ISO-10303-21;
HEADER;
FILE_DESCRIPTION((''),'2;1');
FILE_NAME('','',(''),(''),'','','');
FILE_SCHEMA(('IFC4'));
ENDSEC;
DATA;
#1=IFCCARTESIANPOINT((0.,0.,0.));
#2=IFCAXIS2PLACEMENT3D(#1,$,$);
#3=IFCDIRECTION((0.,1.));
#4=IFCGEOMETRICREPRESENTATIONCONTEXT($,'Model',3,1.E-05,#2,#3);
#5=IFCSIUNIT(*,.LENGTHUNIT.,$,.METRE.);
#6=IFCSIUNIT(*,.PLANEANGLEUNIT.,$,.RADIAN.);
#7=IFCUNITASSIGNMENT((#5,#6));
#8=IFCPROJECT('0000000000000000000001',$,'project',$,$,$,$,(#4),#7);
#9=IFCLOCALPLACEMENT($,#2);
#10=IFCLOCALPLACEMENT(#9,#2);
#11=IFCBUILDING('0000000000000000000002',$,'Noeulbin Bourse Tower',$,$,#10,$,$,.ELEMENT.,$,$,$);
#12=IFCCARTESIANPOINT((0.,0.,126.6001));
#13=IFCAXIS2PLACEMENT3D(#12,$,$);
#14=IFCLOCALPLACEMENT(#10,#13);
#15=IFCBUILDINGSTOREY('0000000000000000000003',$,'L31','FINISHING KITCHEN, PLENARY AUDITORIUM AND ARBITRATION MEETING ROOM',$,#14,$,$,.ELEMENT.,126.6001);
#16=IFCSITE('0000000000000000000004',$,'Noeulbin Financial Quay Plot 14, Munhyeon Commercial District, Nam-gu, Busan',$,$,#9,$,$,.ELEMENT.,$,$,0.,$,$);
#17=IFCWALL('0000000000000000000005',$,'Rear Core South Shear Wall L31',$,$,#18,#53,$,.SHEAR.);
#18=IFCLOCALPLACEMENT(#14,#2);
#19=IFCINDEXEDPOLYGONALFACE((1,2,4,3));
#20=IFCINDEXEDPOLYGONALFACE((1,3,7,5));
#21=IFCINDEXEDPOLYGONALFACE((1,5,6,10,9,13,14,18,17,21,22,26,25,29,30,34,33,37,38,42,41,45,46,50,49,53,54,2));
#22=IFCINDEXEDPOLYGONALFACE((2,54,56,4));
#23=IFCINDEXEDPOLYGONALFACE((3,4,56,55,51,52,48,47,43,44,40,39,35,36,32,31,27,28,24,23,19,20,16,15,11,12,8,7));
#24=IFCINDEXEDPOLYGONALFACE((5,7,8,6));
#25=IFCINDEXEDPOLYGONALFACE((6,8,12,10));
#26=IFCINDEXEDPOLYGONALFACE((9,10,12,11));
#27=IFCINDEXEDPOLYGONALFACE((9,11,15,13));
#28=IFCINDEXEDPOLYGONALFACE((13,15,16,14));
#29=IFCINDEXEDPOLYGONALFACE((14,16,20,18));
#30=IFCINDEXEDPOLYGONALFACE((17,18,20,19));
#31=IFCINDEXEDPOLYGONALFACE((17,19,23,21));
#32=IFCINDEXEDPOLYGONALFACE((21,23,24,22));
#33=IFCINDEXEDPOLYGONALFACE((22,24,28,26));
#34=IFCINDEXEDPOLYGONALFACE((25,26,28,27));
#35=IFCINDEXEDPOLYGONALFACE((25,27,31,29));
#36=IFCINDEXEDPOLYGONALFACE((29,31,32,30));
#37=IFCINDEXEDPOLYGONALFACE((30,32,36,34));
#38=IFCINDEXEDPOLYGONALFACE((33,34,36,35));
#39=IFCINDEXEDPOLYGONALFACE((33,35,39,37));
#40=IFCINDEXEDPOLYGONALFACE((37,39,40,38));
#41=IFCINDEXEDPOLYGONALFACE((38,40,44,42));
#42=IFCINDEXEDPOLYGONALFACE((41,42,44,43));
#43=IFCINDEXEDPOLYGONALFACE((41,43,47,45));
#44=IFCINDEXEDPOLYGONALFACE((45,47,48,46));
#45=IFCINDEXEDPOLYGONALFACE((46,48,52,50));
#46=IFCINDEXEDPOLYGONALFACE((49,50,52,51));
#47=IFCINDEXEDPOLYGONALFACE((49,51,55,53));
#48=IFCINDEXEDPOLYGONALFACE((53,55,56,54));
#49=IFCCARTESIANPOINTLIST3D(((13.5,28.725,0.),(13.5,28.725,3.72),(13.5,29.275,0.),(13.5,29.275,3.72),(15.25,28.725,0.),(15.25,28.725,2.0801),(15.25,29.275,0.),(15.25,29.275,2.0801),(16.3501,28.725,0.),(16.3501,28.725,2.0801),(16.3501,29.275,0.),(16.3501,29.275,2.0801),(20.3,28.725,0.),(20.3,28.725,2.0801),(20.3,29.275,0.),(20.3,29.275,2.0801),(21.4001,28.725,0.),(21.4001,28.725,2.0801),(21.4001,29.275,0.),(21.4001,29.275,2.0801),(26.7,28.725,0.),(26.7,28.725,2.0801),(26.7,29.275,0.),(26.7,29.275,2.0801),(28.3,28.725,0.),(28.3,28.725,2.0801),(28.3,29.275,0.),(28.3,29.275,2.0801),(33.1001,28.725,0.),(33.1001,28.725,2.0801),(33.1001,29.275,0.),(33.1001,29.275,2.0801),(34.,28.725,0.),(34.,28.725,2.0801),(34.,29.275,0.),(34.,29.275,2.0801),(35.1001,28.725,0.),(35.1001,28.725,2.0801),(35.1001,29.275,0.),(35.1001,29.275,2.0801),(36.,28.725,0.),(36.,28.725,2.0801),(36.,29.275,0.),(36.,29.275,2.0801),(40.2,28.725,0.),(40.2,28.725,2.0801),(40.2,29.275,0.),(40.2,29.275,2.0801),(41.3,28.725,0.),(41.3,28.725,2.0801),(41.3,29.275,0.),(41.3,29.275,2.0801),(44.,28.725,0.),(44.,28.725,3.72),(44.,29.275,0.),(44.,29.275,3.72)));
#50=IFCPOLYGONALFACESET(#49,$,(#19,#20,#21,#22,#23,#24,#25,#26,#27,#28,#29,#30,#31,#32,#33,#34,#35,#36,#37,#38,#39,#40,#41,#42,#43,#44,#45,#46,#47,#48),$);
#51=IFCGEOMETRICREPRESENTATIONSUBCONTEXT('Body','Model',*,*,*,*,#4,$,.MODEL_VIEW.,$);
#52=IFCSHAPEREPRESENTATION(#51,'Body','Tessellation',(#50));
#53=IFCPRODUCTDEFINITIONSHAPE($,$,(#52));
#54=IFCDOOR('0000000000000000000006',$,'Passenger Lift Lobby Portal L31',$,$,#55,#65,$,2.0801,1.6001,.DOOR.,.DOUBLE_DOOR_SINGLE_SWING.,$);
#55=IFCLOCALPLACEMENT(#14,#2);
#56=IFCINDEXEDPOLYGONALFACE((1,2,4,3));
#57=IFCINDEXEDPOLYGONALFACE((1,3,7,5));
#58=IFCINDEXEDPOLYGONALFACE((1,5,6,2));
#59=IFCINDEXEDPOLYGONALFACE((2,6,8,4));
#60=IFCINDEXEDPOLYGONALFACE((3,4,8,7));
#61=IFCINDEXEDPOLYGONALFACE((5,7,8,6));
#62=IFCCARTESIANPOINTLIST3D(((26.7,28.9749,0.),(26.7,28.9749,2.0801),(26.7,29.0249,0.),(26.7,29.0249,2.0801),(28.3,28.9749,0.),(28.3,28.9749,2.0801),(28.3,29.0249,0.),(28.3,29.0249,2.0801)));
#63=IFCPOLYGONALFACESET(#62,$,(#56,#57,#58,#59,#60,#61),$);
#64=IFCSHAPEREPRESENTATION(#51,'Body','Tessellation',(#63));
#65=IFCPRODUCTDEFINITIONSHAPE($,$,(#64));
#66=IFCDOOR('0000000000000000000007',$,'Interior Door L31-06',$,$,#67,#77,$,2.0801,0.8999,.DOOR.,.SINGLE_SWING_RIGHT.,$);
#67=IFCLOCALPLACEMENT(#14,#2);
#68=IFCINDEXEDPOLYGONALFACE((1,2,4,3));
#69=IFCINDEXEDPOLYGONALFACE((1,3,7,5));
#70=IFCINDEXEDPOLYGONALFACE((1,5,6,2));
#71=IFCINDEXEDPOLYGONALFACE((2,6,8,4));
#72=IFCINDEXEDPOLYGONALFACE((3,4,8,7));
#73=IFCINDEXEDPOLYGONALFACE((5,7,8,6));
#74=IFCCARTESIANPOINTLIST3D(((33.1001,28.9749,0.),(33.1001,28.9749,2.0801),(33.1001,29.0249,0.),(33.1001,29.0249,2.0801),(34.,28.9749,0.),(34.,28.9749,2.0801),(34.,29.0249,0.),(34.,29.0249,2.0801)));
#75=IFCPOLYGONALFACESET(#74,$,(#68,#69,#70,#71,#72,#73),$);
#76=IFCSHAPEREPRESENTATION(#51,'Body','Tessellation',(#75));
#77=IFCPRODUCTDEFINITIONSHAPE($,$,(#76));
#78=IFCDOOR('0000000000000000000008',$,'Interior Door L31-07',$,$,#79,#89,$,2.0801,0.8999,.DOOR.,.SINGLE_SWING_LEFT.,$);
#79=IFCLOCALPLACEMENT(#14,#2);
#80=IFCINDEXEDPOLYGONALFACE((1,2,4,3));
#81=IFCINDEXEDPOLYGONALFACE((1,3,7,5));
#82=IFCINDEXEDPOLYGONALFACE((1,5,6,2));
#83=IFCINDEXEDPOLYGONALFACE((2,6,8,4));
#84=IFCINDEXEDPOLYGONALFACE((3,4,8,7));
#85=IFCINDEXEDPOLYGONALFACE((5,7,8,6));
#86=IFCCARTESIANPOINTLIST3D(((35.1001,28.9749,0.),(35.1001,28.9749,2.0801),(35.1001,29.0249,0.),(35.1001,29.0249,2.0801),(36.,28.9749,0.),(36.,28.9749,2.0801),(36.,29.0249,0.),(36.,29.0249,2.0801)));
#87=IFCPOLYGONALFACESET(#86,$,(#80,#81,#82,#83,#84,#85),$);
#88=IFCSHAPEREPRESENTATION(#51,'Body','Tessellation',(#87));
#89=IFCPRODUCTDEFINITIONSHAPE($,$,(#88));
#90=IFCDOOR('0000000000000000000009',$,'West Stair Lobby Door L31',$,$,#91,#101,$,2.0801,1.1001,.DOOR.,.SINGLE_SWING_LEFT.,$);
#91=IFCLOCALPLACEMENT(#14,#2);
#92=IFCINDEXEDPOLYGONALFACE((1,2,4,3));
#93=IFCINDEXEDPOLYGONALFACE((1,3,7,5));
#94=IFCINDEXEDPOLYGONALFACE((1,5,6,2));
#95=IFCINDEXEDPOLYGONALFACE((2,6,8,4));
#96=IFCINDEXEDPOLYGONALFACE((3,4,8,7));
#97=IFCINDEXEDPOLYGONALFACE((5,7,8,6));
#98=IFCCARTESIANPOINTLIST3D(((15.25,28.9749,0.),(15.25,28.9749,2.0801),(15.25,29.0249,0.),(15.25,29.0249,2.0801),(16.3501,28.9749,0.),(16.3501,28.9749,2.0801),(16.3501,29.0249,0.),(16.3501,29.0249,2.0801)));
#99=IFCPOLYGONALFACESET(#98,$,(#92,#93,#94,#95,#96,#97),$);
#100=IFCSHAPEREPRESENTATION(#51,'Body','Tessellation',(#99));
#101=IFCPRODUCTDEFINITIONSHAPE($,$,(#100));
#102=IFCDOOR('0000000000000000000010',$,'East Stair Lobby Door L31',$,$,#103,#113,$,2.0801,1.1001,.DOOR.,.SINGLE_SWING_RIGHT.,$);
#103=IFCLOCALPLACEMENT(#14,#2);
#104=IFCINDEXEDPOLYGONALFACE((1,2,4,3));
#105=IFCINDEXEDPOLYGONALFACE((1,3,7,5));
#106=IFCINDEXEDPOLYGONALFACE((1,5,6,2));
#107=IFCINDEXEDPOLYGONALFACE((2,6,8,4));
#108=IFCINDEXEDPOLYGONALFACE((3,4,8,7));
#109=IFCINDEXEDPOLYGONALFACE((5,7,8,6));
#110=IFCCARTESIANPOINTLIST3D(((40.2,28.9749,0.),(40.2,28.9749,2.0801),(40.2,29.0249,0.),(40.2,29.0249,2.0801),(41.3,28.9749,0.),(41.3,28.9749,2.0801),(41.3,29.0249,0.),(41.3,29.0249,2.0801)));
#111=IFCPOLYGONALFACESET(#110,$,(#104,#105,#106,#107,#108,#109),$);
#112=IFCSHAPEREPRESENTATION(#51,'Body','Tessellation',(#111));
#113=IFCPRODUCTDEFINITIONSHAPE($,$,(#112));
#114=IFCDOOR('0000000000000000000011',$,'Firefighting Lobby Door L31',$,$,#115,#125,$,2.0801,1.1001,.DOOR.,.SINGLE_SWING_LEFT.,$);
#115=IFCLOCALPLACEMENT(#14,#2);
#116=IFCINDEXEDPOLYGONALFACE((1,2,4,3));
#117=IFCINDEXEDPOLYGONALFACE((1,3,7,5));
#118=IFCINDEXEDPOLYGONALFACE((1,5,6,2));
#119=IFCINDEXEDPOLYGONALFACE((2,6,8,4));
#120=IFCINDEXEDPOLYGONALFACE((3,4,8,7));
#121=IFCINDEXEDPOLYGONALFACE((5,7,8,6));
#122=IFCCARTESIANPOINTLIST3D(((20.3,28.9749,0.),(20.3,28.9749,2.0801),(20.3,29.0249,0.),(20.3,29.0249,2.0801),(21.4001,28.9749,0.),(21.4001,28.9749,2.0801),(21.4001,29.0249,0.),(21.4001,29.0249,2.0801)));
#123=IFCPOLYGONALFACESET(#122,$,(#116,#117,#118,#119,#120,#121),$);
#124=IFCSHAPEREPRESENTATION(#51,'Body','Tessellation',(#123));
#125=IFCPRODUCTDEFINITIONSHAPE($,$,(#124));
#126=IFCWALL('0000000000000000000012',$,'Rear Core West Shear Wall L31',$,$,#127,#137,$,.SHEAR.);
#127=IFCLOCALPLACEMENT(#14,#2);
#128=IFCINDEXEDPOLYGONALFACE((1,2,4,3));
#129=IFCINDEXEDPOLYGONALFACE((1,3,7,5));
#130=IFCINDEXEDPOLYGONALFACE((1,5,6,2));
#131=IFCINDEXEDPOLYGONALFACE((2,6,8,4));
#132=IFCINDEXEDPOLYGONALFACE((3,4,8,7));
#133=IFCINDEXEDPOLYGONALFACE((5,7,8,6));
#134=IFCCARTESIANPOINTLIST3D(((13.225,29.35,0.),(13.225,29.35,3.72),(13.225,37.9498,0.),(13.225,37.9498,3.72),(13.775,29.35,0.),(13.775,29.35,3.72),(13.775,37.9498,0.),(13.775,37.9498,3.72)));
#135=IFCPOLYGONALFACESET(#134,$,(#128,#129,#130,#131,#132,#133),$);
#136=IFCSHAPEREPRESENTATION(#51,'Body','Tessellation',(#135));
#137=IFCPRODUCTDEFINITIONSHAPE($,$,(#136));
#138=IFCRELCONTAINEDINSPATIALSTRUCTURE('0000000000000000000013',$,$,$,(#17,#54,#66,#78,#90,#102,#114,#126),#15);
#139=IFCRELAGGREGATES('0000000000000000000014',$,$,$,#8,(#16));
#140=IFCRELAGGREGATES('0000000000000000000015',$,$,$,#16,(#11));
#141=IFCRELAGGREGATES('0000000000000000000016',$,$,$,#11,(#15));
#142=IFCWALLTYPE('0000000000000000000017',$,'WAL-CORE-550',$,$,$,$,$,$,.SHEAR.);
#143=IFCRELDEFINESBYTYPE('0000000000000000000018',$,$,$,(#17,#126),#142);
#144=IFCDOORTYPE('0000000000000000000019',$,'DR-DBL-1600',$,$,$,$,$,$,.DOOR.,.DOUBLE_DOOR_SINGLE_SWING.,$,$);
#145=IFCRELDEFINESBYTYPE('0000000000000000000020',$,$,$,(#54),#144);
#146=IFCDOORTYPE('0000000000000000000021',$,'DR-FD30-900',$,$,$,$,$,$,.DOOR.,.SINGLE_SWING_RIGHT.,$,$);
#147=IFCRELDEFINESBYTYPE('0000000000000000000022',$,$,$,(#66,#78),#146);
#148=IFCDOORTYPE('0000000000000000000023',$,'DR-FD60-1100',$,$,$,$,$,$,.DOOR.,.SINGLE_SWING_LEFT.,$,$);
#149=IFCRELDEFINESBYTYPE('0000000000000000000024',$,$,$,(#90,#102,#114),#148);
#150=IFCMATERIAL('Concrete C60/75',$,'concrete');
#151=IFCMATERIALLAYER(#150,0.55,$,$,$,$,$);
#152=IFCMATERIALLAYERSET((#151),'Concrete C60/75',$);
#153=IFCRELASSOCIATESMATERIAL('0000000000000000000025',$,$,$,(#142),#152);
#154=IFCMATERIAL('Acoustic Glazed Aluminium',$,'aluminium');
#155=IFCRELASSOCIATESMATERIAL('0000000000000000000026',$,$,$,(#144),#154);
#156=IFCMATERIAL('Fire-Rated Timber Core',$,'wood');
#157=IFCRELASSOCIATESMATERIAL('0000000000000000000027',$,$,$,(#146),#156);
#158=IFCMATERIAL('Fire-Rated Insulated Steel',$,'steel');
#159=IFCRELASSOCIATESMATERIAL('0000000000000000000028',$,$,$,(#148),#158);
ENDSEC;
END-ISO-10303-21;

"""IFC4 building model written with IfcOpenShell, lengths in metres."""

from ifc_helpers import new_model, si_unit, direction, frame, frame_2d, origin, place, context, subcontext, project, spatial, rectangle, extrude, material, layer, layer_set, type_object, element, fill, save


model = new_model("IFC4")

# Units and contexts
model_context = context("Model", 3, precision=1e-05, world=origin(), true_north=direction((0.0, 1.0)))
body_context = subcontext(model_context, "Body", "Model", "MODEL_VIEW")
ifc_project = project(units=[si_unit("LENGTHUNIT", "METRE"), si_unit("PLANEANGLEUNIT", "RADIAN")], contexts=[model_context])

# Site, building, storey
site_placement = place(None, origin())
site = spatial("IfcSite", under=ifc_project, at=site_placement, Name="Noeulbin Financial Quay Plot 14, Munhyeon Commercial District, Nam-gu, Busan", CompositionType="ELEMENT", RefElevation=0.0)
building_placement = place(site_placement, origin())
building = spatial("IfcBuilding", under=site, at=building_placement, Name="Noeulbin Bourse Tower", CompositionType="ELEMENT")
storey_placement = place(building_placement, frame((0.0, 0.0, 126.6001)))
storey = spatial("IfcBuildingStorey", under=building, at=storey_placement, Name="L31", Description="FINISHING KITCHEN, PLENARY AUDITORIUM AND ARBITRATION MEETING ROOM", CompositionType="ELEMENT", Elevation=126.6001)

# Wall, openings, doors
ifc_material_1 = material(Name="Concrete C60/75", Category="concrete")
ifc_layer_1 = layer(ifc_material_1, 0.55)
ifc_layer_set_1 = layer_set([ifc_layer_1], Name="Concrete C60/75")
wall_type_1 = type_object("IfcWallType", Name="WAL-CORE-550", PredefinedType="SHEAR", material=ifc_layer_set_1)
wall_1_placement = place(storey_placement, frame((13.5, 29.0, 0.0), z_axis=(0.0, 0.0, 1.0), x_axis=(1.0, 0.0, 0.0)))
wall_1 = element("IfcWall", 1, at=wall_1_placement, inside=storey, type_object=wall_type_1, Name="Rear Core South Shear Wall L31", PredefinedType="SHEAR", context=body_context, shape_type="SweptSolid", body=[
    extrude(rectangle(XDim=30.5, YDim=0.55, at=frame_2d((15.25, 0.0))), origin(), (0.0, 0.0, 1.0), 3.72),
])
opening_1_placement = place(wall_1_placement, frame((1.75, 0.0, 0.0)))
opening_1 = element("IfcOpeningElement", 2, at=opening_1_placement, cuts=wall_1, PredefinedType="OPENING", context=body_context, shape_type="SweptSolid", body=[
    extrude(rectangle(XDim=1.1001, YDim=2.0801, at=frame_2d((0.55, 1.04))), frame((0.0, 0.2849, 0.0), z_axis=(0.0, -1.0, 0.0), x_axis=(1.0, 0.0, 0.0)), (0.0, 0.0, 1.0), 0.5701),
])
opening_2_placement = place(wall_1_placement, frame((26.7, 0.0, 0.0)))
opening_2 = element("IfcOpeningElement", 3, at=opening_2_placement, cuts=wall_1, PredefinedType="OPENING", context=body_context, shape_type="SweptSolid", body=[
    extrude(rectangle(XDim=1.1001, YDim=2.0801, at=frame_2d((0.55, 1.04))), frame((0.0, 0.2849, 0.0), z_axis=(0.0, -1.0, 0.0), x_axis=(1.0, 0.0, 0.0)), (0.0, 0.0, 1.0), 0.5701),
])
opening_3_placement = place(wall_1_placement, frame((6.8, 0.0, 0.0)))
opening_3 = element("IfcOpeningElement", 4, at=opening_3_placement, cuts=wall_1, PredefinedType="OPENING", context=body_context, shape_type="SweptSolid", body=[
    extrude(rectangle(XDim=1.1001, YDim=2.0801, at=frame_2d((0.55, 1.04))), frame((0.0, 0.2849, 0.0), z_axis=(0.0, -1.0, 0.0), x_axis=(1.0, 0.0, 0.0)), (0.0, 0.0, 1.0), 0.5701),
])
opening_4_placement = place(wall_1_placement, frame((13.2, 0.0, 0.0)))
opening_4 = element("IfcOpeningElement", 5, at=opening_4_placement, cuts=wall_1, PredefinedType="OPENING", context=body_context, shape_type="SweptSolid", body=[
    extrude(rectangle(XDim=1.6001, YDim=2.0801, at=frame_2d((0.8, 1.04))), frame((0.0, 0.2849, 0.0), z_axis=(0.0, -1.0, 0.0), x_axis=(1.0, 0.0, 0.0)), (0.0, 0.0, 1.0), 0.5701),
])
opening_5_placement = place(wall_1_placement, frame((19.6001, 0.0, 0.0)))
opening_5 = element("IfcOpeningElement", 6, at=opening_5_placement, cuts=wall_1, PredefinedType="OPENING", context=body_context, shape_type="SweptSolid", body=[
    extrude(rectangle(XDim=0.8999, YDim=2.0801, at=frame_2d((0.45, 1.04))), frame((0.0, 0.2849, 0.0), z_axis=(0.0, -1.0, 0.0), x_axis=(1.0, 0.0, 0.0)), (0.0, 0.0, 1.0), 0.5701),
])
opening_6_placement = place(wall_1_placement, frame((21.6001, 0.0, 0.0)))
opening_6 = element("IfcOpeningElement", 7, at=opening_6_placement, cuts=wall_1, PredefinedType="OPENING", context=body_context, shape_type="SweptSolid", body=[
    extrude(rectangle(XDim=0.8999, YDim=2.0801, at=frame_2d((0.45, 1.04))), frame((0.0, 0.2849, 0.0), z_axis=(0.0, -1.0, 0.0), x_axis=(1.0, 0.0, 0.0)), (0.0, 0.0, 1.0), 0.5701),
])
ifc_material_2 = material(Name="Acoustic Glazed Aluminium", Category="aluminium")
door_type_1 = type_object("IfcDoorType", Name="DR-DBL-1600", OperationType="DOUBLE_DOOR_SINGLE_SWING", PredefinedType="DOOR", material=ifc_material_2)
door_1_placement = place(opening_4_placement, origin())
door_1 = element("IfcDoor", 8, at=door_1_placement, inside=storey, type_object=door_type_1, Name="Passenger Lift Lobby Portal L31", OperationType="DOUBLE_DOOR_SINGLE_SWING", OverallHeight=2.0801, OverallWidth=1.6001, PredefinedType="DOOR", context=body_context, shape_type="SweptSolid", body=[
    extrude(rectangle(XDim=1.6001, YDim=2.0801, at=frame_2d((0.8, 1.04))), frame((0.0, 0.0249, 0.0), z_axis=(0.0, -1.0, 0.0), x_axis=(1.0, 0.0, 0.0)), (0.0, 0.0, 1.0), 0.05),
])
fill(opening_4, door_1)
ifc_material_3 = material(Name="Fire-Rated Timber Core", Category="wood")
door_type_2 = type_object("IfcDoorType", Name="DR-FD30-900", OperationType="SINGLE_SWING_RIGHT", PredefinedType="DOOR", material=ifc_material_3)
door_2_placement = place(opening_5_placement, origin())
door_2 = element("IfcDoor", 9, at=door_2_placement, inside=storey, type_object=door_type_2, Name="Interior Door L31-06", OperationType="SINGLE_SWING_RIGHT", OverallHeight=2.0801, OverallWidth=0.8999, PredefinedType="DOOR", context=body_context, shape_type="SweptSolid", body=[
    extrude(rectangle(XDim=0.8999, YDim=2.0801, at=frame_2d((0.45, 1.04))), frame((0.0, 0.0249, 0.0), z_axis=(0.0, -1.0, 0.0), x_axis=(1.0, 0.0, 0.0)), (0.0, 0.0, 1.0), 0.05),
])
fill(opening_5, door_2)
door_3_placement = place(opening_6_placement, origin())
door_3 = element("IfcDoor", 10, at=door_3_placement, inside=storey, type_object=door_type_2, Name="Interior Door L31-07", OperationType="SINGLE_SWING_LEFT", OverallHeight=2.0801, OverallWidth=0.8999, PredefinedType="DOOR", context=body_context, shape_type="SweptSolid", body=[
    extrude(rectangle(XDim=0.8999, YDim=2.0801, at=frame_2d((0.45, 1.04))), frame((0.0, 0.0249, 0.0), z_axis=(0.0, -1.0, 0.0), x_axis=(1.0, 0.0, 0.0)), (0.0, 0.0, 1.0), 0.05),
])
fill(opening_6, door_3)
ifc_material_4 = material(Name="Fire-Rated Insulated Steel", Category="steel")
door_type_3 = type_object("IfcDoorType", Name="DR-FD60-1100", OperationType="SINGLE_SWING_LEFT", PredefinedType="DOOR", material=ifc_material_4)
door_4_placement = place(opening_1_placement, origin())
door_4 = element("IfcDoor", 11, at=door_4_placement, inside=storey, type_object=door_type_3, Name="West Stair Lobby Door L31", OperationType="SINGLE_SWING_LEFT", OverallHeight=2.0801, OverallWidth=1.1001, PredefinedType="DOOR", context=body_context, shape_type="SweptSolid", body=[
    extrude(rectangle(XDim=1.1001, YDim=2.0801, at=frame_2d((0.55, 1.04))), frame((0.0, 0.0249, 0.0), z_axis=(0.0, -1.0, 0.0), x_axis=(1.0, 0.0, 0.0)), (0.0, 0.0, 1.0), 0.05),
])
fill(opening_1, door_4)
door_5_placement = place(opening_2_placement, origin())
door_5 = element("IfcDoor", 12, at=door_5_placement, inside=storey, type_object=door_type_3, Name="East Stair Lobby Door L31", OperationType="SINGLE_SWING_RIGHT", OverallHeight=2.0801, OverallWidth=1.1001, PredefinedType="DOOR", context=body_context, shape_type="SweptSolid", body=[
    extrude(rectangle(XDim=1.1001, YDim=2.0801, at=frame_2d((0.55, 1.04))), frame((0.0, 0.0249, 0.0), z_axis=(0.0, -1.0, 0.0), x_axis=(1.0, 0.0, 0.0)), (0.0, 0.0, 1.0), 0.05),
])
fill(opening_2, door_5)
door_6_placement = place(opening_3_placement, origin())
door_6 = element("IfcDoor", 13, at=door_6_placement, inside=storey, type_object=door_type_3, Name="Firefighting Lobby Door L31", OperationType="SINGLE_SWING_LEFT", OverallHeight=2.0801, OverallWidth=1.1001, PredefinedType="DOOR", context=body_context, shape_type="SweptSolid", body=[
    extrude(rectangle(XDim=1.1001, YDim=2.0801, at=frame_2d((0.55, 1.04))), frame((0.0, 0.0249, 0.0), z_axis=(0.0, -1.0, 0.0), x_axis=(1.0, 0.0, 0.0)), (0.0, 0.0, 1.0), 0.05),
])
fill(opening_3, door_6)

# Wall
wall_2_placement = place(storey_placement, frame((13.5, 29.3501, 0.0), z_axis=(0.0, 0.0, 1.0), x_axis=(0.0, 1.0, 0.0)))
element("IfcWall", 14, at=wall_2_placement, inside=storey, type_object=wall_type_1, Name="Rear Core West Shear Wall L31", PredefinedType="SHEAR", context=body_context, shape_type="SweptSolid", body=[
    extrude(rectangle(XDim=8.5999, YDim=0.55, at=frame_2d((4.2998, 0.0))), origin(), (0.0, 0.0, 1.0), 3.72),
])

save(model, "model.ifc")
